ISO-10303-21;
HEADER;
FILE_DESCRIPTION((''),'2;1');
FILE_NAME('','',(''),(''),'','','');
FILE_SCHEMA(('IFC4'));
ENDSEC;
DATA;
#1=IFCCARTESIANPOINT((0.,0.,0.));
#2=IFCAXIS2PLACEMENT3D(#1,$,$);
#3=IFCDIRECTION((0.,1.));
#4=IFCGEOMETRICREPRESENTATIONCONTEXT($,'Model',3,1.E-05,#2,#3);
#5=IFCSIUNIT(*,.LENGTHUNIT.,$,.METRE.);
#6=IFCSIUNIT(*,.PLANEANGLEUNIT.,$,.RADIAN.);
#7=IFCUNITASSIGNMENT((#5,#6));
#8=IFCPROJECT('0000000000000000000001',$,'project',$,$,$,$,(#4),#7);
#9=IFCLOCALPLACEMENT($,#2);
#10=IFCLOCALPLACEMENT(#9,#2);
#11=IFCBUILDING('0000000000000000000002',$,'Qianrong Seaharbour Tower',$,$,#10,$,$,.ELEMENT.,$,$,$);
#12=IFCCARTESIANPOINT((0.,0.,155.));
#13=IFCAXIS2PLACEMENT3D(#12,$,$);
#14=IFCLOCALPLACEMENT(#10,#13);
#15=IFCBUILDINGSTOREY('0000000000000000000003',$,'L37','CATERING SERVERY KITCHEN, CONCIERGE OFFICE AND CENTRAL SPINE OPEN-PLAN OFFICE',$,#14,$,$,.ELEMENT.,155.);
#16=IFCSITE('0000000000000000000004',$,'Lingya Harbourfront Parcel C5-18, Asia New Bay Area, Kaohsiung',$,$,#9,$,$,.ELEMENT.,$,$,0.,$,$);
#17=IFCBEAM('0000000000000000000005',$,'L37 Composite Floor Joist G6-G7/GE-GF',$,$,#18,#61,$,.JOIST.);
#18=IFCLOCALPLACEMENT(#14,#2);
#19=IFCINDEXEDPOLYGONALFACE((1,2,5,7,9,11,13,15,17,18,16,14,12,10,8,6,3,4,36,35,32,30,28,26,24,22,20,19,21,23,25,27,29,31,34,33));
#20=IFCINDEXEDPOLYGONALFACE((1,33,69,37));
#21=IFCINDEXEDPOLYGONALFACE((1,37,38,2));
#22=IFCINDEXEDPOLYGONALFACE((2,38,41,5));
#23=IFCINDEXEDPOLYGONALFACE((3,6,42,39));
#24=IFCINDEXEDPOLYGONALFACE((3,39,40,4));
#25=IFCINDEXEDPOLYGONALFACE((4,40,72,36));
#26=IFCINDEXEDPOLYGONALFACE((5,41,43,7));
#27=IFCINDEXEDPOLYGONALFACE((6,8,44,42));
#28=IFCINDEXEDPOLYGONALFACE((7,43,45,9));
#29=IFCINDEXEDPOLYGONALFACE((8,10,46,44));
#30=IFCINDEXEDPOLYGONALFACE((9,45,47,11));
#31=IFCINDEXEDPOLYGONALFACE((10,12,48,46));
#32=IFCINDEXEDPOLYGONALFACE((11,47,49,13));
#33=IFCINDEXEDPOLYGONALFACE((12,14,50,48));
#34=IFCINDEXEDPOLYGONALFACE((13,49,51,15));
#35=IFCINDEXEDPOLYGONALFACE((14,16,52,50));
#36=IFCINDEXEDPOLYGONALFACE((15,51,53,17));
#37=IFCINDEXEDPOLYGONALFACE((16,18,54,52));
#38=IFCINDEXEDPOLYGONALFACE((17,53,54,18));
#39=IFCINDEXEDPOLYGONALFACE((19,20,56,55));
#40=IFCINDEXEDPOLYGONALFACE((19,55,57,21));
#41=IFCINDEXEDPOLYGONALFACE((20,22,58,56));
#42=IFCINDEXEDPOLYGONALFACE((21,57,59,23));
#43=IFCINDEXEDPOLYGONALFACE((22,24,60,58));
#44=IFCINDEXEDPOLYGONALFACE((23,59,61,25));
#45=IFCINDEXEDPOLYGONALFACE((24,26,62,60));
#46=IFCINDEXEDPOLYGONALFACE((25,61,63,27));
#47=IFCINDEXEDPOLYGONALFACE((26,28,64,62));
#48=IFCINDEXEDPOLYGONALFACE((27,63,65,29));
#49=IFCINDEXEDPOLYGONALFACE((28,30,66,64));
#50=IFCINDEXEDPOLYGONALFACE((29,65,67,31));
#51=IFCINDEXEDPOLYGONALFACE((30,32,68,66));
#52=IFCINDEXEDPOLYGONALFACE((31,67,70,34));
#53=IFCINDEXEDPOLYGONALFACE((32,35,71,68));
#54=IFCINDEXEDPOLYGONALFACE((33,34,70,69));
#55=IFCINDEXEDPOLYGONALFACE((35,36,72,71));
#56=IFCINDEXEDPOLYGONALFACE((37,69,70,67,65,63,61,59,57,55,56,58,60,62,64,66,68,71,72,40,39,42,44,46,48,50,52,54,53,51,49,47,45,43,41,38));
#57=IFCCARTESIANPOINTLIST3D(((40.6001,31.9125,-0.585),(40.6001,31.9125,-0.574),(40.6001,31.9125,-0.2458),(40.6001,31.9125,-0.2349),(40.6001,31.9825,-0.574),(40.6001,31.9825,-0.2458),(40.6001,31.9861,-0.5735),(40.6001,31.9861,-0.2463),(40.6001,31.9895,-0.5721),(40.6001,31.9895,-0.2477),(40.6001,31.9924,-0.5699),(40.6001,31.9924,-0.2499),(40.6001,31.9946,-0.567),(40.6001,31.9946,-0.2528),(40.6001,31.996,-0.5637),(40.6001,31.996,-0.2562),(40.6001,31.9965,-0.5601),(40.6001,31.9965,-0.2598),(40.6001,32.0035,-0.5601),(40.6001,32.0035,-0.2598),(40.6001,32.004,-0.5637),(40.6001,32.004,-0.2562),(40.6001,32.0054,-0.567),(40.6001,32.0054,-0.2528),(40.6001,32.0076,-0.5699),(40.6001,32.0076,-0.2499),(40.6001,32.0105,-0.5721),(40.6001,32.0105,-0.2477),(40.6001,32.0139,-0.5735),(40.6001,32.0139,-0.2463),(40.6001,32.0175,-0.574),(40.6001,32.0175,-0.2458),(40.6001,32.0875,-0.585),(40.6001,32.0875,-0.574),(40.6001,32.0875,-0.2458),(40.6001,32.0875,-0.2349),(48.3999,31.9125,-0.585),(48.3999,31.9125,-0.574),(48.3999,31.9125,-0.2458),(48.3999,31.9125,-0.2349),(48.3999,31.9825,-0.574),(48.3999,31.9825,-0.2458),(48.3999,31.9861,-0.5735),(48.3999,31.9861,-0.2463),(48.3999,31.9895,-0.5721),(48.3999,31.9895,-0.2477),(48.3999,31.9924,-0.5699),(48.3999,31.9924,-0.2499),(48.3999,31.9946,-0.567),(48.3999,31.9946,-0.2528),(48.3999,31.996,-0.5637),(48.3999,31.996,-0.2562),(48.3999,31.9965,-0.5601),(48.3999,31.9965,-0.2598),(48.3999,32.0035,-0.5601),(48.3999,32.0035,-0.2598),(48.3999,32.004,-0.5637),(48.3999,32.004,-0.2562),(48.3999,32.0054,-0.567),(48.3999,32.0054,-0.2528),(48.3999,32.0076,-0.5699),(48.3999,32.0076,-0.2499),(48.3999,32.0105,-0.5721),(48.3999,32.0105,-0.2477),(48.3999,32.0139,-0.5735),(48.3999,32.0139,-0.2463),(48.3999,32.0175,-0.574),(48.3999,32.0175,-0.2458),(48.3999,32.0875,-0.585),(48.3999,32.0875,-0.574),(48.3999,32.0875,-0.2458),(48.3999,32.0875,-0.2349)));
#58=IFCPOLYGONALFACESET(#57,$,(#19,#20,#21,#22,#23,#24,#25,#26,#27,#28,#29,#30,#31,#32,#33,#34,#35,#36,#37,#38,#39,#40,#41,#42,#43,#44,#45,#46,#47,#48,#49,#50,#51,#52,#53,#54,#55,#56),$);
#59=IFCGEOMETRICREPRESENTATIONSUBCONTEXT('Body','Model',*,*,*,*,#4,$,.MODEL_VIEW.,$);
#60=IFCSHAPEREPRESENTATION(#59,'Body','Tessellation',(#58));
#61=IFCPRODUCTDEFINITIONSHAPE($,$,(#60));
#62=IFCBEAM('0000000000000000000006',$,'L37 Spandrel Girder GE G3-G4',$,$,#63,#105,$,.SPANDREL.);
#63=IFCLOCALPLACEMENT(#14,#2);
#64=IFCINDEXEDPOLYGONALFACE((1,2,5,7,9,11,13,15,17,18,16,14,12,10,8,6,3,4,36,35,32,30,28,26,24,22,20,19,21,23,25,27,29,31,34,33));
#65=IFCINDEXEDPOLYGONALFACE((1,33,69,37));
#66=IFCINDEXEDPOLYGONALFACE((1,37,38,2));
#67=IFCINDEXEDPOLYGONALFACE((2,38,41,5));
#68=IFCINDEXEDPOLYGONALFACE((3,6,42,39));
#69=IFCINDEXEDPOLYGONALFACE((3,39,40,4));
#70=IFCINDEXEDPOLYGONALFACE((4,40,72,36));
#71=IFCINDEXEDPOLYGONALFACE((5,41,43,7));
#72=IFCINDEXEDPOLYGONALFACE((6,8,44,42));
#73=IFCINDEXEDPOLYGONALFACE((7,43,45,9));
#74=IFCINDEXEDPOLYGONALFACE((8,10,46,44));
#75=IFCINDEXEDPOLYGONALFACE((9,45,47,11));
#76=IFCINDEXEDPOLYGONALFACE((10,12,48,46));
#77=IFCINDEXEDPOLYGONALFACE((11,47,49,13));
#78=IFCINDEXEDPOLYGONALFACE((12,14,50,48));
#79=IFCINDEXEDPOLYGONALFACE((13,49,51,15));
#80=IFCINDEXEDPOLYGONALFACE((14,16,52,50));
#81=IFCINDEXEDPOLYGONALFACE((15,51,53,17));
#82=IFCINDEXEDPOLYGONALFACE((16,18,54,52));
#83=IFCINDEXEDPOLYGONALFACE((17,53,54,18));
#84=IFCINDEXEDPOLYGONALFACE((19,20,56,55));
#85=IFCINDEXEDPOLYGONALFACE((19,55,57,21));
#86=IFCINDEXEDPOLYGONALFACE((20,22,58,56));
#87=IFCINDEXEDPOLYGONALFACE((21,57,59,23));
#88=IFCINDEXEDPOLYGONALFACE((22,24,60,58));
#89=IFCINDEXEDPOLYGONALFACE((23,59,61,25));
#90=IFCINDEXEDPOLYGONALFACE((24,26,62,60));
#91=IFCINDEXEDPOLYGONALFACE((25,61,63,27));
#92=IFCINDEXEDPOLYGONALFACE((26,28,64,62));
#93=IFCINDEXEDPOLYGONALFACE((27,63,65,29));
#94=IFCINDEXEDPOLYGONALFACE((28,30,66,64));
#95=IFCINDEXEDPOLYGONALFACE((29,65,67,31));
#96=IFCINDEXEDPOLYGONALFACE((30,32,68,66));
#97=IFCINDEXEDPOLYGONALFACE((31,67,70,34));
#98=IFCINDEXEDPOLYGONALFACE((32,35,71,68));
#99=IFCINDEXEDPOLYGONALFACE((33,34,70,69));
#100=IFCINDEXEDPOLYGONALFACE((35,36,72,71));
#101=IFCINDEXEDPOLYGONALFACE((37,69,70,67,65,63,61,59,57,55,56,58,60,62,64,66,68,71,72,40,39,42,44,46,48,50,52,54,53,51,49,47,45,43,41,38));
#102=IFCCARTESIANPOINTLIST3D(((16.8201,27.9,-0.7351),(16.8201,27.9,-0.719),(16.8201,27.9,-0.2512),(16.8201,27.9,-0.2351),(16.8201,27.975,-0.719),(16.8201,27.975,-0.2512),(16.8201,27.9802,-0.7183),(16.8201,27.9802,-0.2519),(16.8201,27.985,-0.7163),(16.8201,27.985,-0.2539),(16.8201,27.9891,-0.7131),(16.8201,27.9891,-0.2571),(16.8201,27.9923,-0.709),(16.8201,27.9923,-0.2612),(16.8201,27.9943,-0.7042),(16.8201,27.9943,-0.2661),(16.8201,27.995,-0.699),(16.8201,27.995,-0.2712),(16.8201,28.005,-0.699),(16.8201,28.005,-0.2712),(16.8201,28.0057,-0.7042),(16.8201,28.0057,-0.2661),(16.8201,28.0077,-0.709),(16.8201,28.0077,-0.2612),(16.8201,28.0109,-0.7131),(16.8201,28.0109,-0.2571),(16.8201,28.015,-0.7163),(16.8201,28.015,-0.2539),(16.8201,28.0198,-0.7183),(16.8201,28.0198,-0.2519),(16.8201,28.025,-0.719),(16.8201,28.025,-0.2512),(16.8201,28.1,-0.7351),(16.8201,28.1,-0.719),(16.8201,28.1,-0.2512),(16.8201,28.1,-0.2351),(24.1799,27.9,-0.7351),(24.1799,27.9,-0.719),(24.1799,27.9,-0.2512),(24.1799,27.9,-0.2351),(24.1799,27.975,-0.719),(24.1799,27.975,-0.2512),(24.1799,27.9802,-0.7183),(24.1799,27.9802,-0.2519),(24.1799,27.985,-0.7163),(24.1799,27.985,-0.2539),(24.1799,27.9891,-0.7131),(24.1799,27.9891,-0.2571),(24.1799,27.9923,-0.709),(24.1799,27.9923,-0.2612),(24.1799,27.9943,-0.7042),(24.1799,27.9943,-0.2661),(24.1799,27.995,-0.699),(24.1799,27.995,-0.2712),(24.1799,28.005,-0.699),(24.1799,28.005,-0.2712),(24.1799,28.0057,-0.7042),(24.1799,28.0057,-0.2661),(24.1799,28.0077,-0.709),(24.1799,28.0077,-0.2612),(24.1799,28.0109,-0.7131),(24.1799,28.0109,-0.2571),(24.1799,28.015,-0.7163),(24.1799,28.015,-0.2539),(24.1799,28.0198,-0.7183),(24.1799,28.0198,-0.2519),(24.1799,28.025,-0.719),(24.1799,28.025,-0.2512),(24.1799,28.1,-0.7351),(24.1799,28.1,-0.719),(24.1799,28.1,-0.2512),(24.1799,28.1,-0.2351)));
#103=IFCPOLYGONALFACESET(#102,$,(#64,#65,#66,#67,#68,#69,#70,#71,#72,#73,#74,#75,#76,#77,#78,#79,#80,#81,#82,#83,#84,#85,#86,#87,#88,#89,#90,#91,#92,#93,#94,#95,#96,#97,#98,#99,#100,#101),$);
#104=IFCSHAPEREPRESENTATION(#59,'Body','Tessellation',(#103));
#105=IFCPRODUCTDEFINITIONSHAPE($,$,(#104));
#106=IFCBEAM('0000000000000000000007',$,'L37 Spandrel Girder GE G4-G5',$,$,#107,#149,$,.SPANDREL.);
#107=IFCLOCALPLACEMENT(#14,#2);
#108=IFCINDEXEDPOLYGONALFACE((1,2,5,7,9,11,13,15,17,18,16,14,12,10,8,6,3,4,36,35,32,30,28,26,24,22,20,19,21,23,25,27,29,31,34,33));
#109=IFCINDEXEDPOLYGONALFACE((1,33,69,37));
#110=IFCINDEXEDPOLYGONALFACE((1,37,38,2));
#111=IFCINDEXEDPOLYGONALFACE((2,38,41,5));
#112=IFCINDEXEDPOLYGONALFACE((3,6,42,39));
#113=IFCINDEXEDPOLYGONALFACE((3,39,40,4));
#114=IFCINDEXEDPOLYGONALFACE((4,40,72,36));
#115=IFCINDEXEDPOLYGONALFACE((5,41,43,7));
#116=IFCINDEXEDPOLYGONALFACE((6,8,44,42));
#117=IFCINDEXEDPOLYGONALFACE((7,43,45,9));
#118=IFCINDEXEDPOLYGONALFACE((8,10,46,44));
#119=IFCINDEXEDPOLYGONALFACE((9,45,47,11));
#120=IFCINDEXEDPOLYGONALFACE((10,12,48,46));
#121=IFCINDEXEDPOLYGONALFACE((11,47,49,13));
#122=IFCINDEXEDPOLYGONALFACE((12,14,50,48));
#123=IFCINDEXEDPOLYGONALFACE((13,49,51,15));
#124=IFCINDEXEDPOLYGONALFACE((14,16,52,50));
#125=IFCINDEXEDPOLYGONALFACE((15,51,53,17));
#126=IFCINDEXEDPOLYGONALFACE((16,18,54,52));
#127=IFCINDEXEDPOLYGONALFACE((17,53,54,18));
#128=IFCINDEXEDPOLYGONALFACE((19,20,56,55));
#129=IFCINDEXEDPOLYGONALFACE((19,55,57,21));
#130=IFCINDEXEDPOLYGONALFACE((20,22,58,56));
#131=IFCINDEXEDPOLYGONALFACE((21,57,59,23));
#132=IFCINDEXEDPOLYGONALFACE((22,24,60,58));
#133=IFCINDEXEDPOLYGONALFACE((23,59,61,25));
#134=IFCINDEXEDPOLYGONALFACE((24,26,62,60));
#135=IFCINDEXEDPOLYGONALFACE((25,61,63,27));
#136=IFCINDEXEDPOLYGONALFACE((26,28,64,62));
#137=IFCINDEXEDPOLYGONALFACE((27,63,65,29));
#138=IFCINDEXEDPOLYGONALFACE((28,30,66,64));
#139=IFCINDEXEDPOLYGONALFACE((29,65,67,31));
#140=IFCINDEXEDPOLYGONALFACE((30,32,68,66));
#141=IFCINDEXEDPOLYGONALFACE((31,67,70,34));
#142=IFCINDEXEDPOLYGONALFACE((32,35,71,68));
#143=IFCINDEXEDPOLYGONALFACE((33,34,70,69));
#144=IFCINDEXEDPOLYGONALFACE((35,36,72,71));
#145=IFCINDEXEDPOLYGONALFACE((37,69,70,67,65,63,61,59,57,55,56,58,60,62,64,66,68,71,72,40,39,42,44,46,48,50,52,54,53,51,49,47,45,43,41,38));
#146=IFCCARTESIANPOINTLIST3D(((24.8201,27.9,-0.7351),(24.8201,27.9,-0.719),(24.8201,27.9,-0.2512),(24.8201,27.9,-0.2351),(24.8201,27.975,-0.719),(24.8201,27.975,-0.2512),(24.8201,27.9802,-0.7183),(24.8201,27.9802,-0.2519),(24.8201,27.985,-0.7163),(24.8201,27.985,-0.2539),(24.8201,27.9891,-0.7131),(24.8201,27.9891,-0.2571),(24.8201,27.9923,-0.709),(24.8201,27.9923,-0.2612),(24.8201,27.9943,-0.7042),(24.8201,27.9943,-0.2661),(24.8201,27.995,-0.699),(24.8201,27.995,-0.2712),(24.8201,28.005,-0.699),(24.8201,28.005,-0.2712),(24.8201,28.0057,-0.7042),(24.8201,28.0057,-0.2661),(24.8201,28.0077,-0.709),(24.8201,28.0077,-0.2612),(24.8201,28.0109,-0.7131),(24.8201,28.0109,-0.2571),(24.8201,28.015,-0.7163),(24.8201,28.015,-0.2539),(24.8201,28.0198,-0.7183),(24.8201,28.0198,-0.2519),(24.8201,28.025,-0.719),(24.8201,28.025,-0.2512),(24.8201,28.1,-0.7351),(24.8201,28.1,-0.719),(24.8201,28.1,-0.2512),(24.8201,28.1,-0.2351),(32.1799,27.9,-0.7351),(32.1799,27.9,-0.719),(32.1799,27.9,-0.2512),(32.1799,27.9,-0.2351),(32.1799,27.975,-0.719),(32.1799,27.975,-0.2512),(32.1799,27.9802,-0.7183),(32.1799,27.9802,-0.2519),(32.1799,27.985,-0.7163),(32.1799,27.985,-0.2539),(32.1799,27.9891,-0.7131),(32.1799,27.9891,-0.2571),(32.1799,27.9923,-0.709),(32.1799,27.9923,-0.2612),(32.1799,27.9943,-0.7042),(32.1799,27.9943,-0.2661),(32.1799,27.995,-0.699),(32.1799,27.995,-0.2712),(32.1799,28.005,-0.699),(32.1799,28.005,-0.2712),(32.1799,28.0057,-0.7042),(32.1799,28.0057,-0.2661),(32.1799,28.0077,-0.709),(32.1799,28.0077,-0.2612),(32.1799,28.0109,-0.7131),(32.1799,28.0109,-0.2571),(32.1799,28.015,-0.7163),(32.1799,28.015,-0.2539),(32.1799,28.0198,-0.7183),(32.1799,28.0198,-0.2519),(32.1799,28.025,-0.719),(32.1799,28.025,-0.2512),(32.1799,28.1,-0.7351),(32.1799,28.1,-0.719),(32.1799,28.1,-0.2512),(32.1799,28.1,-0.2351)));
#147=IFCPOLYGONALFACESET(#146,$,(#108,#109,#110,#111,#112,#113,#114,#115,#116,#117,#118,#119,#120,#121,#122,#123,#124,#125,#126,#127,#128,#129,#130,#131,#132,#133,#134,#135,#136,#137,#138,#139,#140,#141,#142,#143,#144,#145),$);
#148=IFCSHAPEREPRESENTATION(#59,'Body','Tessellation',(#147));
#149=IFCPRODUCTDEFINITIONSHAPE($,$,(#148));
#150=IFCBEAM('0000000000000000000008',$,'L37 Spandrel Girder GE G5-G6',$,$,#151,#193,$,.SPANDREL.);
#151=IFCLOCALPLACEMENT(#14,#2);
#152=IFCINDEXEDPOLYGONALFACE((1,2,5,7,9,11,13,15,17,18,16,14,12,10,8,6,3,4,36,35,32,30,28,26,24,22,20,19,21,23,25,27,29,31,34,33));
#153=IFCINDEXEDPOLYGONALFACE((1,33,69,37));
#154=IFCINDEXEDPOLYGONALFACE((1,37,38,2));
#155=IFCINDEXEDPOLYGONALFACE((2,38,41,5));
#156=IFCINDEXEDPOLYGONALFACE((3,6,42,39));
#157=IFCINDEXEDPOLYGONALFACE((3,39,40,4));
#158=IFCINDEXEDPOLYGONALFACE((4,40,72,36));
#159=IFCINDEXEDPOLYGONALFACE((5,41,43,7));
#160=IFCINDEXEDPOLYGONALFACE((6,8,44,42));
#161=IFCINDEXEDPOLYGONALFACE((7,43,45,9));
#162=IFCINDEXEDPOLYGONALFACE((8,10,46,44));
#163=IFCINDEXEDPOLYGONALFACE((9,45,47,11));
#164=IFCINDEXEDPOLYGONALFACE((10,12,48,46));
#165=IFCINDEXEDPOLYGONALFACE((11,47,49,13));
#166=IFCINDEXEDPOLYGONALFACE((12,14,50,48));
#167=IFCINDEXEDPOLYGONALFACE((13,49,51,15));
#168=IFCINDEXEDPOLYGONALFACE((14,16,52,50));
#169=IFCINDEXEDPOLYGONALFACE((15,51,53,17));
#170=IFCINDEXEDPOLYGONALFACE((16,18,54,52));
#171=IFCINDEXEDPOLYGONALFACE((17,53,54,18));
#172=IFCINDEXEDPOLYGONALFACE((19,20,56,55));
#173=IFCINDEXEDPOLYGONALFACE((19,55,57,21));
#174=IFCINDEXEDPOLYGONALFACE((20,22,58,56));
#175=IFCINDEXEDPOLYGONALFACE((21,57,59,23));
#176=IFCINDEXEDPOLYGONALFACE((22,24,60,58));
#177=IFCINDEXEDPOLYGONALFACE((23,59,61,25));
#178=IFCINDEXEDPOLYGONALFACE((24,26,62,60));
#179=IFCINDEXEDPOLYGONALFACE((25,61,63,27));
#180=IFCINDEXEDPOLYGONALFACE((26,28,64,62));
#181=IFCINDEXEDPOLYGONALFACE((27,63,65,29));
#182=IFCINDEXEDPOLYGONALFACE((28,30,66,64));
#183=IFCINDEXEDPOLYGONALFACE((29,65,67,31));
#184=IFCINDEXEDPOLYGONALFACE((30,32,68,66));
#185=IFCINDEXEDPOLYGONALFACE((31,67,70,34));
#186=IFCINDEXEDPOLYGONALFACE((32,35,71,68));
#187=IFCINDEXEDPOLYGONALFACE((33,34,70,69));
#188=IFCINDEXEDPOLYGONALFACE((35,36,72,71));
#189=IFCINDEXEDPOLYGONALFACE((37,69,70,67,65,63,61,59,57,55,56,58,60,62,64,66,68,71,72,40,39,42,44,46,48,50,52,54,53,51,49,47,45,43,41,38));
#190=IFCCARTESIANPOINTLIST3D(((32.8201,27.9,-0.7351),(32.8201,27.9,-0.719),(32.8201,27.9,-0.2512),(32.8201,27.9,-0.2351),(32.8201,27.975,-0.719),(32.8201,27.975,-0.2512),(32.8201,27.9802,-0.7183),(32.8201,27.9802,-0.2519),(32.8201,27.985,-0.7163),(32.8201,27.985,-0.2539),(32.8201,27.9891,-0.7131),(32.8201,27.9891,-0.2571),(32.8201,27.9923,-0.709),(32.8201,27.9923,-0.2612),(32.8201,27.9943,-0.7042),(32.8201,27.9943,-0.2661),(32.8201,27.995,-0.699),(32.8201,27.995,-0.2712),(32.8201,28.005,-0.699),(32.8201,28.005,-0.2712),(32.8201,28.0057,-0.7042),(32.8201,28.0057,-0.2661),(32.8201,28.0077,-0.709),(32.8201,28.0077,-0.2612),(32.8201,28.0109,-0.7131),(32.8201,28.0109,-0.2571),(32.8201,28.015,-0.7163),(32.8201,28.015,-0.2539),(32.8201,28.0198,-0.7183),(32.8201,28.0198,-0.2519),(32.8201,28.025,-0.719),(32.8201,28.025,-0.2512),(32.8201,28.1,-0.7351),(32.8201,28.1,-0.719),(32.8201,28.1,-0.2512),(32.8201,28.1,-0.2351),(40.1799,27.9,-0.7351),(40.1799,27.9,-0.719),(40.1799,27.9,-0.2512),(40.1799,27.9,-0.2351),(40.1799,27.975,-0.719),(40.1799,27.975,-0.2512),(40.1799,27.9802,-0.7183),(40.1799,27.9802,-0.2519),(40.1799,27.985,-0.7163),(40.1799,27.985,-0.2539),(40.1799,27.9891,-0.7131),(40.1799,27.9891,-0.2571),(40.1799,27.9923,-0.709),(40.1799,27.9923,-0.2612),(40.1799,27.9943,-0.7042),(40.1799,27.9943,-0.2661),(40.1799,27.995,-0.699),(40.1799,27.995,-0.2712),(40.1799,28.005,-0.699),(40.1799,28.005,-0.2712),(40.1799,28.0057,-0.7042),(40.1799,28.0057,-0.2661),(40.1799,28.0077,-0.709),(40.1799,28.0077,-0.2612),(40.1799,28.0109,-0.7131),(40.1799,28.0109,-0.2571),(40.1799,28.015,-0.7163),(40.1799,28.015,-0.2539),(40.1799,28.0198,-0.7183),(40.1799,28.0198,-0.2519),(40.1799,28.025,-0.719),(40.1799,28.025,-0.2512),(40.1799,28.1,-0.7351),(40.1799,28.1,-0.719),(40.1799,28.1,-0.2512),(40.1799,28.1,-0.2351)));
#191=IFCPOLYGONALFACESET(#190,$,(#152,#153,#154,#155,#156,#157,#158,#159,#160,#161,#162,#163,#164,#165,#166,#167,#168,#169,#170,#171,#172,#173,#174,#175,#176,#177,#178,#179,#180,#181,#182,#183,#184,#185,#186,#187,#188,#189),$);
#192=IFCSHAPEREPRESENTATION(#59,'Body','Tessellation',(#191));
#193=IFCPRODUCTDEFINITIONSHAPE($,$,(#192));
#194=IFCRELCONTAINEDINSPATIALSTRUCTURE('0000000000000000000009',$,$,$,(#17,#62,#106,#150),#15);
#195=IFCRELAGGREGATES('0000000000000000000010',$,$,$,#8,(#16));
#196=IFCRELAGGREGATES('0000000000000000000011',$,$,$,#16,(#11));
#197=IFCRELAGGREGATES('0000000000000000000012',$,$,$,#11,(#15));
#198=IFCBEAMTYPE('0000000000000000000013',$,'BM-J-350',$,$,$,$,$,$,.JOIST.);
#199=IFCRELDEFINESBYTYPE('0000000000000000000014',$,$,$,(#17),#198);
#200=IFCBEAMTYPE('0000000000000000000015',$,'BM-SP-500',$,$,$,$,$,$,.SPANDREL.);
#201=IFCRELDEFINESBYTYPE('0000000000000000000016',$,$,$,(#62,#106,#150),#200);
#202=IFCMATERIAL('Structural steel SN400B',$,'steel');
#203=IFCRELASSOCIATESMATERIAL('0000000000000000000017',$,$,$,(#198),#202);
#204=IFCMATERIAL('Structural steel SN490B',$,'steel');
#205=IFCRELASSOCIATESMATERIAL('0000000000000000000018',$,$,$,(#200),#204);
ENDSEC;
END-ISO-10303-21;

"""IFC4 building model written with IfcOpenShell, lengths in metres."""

from ifc_helpers import new_model, si_unit, direction, frame, origin, origin_2d, place, context, subcontext, project, spatial, i_section, extrude, material, material_profile, profile_set, type_object, element, save


model = new_model("IFC4")

# Units and contexts
model_context = context("Model", 3, precision=1e-05, world=origin(), true_north=direction((0.0, 1.0)))
body_context = subcontext(model_context, "Body", "Model", "MODEL_VIEW")
ifc_project = project(units=[si_unit("LENGTHUNIT", "METRE"), si_unit("PLANEANGLEUNIT", "RADIAN")], contexts=[model_context])

# Site, building, storey
site_placement = place(None, origin())
site = spatial("IfcSite", under=ifc_project, at=site_placement, Name="Lingya Harbourfront Parcel C5-18, Asia New Bay Area, Kaohsiung", CompositionType="ELEMENT", RefElevation=0.0)
building_placement = place(site_placement, origin())
building = spatial("IfcBuilding", under=site, at=building_placement, Name="Qianrong Seaharbour Tower", CompositionType="ELEMENT")
storey_placement = place(building_placement, frame((0.0, 0.0, 155.0)))
storey = spatial("IfcBuildingStorey", under=building, at=storey_placement, Name="L37", Description="CATERING SERVERY KITCHEN, CONCIERGE OFFICE AND CENTRAL SPINE OPEN-PLAN OFFICE", CompositionType="ELEMENT", Elevation=155.0)

# Shared definitions
ifc_material_1 = material(Name="Structural steel SN490B", Category="steel")

# Beams
ifc_material_2 = material(Name="Structural steel SN400B", Category="steel")
ifc_material_profile_1 = material_profile(ifc_material_2, i_section(OverallWidth=0.175, OverallDepth=0.3501, WebThickness=0.0071, FlangeThickness=0.011, FilletRadius=0.0139, at=origin_2d()), Name="H350x175x7x11")
ifc_profile_set_1 = profile_set([ifc_material_profile_1], Name="Structural steel SN400B")
beam_type_1 = type_object("IfcBeamType", Name="BM-J-350", PredefinedType="JOIST", material=ifc_profile_set_1)
beam_1_placement = place(storey_placement, frame((40.6001, 32.0, -0.4099), z_axis=(1.0, 0.0, 0.0), x_axis=(0.0, 1.0, 0.0)))
element("IfcBeam", 1, at=beam_1_placement, inside=storey, type_object=beam_type_1, Name="L37 Composite Floor Joist G6-G7/GE-GF", PredefinedType="JOIST", context=body_context, shape_type="SweptSolid", body=[
    extrude(i_section(OverallWidth=0.175, OverallDepth=0.3501, WebThickness=0.0071, FlangeThickness=0.011, FilletRadius=0.0139, at=origin_2d()), origin(), (0.0, 0.0, 1.0), 7.7998),
])
ifc_material_profile_2 = material_profile(ifc_material_1, i_section(OverallWidth=0.2, OverallDepth=0.5, WebThickness=0.01, FlangeThickness=0.0161, FilletRadius=0.02, at=origin_2d()), Name="H500x200x10x16")
ifc_profile_set_2 = profile_set([ifc_material_profile_2], Name="Structural steel SN490B")
beam_type_2 = type_object("IfcBeamType", Name="BM-SP-500", PredefinedType="SPANDREL", material=ifc_profile_set_2)
for number, where, z_axis, x_axis, name in (
    (2, (16.8201, 28.0, -0.4851), (1.0, 0.0, 0.0), (0.0, 1.0, 0.0), "L37 Spandrel Girder GE G3-G4"),
    (3, (24.8201, 28.0, -0.4851), (1.0, 0.0, 0.0), (0.0, 1.0, 0.0), "L37 Spandrel Girder GE G4-G5"),
    (4, (32.8201, 28.0, -0.4851), (1.0, 0.0, 0.0), (0.0, 1.0, 0.0), "L37 Spandrel Girder GE G5-G6"),
):
    element("IfcBeam", number, at=place(storey_placement, frame(where, z_axis=z_axis, x_axis=x_axis)), inside=storey, type_object=beam_type_2, Name=name, PredefinedType="SPANDREL", context=body_context, shape_type="SweptSolid", body=[
        extrude(i_section(OverallWidth=0.2, OverallDepth=0.5, WebThickness=0.01, FlangeThickness=0.0161, FilletRadius=0.02, at=origin_2d()), origin(), (0.0, 0.0, 1.0), 7.3599),
    ])

save(model, "model.ifc")
